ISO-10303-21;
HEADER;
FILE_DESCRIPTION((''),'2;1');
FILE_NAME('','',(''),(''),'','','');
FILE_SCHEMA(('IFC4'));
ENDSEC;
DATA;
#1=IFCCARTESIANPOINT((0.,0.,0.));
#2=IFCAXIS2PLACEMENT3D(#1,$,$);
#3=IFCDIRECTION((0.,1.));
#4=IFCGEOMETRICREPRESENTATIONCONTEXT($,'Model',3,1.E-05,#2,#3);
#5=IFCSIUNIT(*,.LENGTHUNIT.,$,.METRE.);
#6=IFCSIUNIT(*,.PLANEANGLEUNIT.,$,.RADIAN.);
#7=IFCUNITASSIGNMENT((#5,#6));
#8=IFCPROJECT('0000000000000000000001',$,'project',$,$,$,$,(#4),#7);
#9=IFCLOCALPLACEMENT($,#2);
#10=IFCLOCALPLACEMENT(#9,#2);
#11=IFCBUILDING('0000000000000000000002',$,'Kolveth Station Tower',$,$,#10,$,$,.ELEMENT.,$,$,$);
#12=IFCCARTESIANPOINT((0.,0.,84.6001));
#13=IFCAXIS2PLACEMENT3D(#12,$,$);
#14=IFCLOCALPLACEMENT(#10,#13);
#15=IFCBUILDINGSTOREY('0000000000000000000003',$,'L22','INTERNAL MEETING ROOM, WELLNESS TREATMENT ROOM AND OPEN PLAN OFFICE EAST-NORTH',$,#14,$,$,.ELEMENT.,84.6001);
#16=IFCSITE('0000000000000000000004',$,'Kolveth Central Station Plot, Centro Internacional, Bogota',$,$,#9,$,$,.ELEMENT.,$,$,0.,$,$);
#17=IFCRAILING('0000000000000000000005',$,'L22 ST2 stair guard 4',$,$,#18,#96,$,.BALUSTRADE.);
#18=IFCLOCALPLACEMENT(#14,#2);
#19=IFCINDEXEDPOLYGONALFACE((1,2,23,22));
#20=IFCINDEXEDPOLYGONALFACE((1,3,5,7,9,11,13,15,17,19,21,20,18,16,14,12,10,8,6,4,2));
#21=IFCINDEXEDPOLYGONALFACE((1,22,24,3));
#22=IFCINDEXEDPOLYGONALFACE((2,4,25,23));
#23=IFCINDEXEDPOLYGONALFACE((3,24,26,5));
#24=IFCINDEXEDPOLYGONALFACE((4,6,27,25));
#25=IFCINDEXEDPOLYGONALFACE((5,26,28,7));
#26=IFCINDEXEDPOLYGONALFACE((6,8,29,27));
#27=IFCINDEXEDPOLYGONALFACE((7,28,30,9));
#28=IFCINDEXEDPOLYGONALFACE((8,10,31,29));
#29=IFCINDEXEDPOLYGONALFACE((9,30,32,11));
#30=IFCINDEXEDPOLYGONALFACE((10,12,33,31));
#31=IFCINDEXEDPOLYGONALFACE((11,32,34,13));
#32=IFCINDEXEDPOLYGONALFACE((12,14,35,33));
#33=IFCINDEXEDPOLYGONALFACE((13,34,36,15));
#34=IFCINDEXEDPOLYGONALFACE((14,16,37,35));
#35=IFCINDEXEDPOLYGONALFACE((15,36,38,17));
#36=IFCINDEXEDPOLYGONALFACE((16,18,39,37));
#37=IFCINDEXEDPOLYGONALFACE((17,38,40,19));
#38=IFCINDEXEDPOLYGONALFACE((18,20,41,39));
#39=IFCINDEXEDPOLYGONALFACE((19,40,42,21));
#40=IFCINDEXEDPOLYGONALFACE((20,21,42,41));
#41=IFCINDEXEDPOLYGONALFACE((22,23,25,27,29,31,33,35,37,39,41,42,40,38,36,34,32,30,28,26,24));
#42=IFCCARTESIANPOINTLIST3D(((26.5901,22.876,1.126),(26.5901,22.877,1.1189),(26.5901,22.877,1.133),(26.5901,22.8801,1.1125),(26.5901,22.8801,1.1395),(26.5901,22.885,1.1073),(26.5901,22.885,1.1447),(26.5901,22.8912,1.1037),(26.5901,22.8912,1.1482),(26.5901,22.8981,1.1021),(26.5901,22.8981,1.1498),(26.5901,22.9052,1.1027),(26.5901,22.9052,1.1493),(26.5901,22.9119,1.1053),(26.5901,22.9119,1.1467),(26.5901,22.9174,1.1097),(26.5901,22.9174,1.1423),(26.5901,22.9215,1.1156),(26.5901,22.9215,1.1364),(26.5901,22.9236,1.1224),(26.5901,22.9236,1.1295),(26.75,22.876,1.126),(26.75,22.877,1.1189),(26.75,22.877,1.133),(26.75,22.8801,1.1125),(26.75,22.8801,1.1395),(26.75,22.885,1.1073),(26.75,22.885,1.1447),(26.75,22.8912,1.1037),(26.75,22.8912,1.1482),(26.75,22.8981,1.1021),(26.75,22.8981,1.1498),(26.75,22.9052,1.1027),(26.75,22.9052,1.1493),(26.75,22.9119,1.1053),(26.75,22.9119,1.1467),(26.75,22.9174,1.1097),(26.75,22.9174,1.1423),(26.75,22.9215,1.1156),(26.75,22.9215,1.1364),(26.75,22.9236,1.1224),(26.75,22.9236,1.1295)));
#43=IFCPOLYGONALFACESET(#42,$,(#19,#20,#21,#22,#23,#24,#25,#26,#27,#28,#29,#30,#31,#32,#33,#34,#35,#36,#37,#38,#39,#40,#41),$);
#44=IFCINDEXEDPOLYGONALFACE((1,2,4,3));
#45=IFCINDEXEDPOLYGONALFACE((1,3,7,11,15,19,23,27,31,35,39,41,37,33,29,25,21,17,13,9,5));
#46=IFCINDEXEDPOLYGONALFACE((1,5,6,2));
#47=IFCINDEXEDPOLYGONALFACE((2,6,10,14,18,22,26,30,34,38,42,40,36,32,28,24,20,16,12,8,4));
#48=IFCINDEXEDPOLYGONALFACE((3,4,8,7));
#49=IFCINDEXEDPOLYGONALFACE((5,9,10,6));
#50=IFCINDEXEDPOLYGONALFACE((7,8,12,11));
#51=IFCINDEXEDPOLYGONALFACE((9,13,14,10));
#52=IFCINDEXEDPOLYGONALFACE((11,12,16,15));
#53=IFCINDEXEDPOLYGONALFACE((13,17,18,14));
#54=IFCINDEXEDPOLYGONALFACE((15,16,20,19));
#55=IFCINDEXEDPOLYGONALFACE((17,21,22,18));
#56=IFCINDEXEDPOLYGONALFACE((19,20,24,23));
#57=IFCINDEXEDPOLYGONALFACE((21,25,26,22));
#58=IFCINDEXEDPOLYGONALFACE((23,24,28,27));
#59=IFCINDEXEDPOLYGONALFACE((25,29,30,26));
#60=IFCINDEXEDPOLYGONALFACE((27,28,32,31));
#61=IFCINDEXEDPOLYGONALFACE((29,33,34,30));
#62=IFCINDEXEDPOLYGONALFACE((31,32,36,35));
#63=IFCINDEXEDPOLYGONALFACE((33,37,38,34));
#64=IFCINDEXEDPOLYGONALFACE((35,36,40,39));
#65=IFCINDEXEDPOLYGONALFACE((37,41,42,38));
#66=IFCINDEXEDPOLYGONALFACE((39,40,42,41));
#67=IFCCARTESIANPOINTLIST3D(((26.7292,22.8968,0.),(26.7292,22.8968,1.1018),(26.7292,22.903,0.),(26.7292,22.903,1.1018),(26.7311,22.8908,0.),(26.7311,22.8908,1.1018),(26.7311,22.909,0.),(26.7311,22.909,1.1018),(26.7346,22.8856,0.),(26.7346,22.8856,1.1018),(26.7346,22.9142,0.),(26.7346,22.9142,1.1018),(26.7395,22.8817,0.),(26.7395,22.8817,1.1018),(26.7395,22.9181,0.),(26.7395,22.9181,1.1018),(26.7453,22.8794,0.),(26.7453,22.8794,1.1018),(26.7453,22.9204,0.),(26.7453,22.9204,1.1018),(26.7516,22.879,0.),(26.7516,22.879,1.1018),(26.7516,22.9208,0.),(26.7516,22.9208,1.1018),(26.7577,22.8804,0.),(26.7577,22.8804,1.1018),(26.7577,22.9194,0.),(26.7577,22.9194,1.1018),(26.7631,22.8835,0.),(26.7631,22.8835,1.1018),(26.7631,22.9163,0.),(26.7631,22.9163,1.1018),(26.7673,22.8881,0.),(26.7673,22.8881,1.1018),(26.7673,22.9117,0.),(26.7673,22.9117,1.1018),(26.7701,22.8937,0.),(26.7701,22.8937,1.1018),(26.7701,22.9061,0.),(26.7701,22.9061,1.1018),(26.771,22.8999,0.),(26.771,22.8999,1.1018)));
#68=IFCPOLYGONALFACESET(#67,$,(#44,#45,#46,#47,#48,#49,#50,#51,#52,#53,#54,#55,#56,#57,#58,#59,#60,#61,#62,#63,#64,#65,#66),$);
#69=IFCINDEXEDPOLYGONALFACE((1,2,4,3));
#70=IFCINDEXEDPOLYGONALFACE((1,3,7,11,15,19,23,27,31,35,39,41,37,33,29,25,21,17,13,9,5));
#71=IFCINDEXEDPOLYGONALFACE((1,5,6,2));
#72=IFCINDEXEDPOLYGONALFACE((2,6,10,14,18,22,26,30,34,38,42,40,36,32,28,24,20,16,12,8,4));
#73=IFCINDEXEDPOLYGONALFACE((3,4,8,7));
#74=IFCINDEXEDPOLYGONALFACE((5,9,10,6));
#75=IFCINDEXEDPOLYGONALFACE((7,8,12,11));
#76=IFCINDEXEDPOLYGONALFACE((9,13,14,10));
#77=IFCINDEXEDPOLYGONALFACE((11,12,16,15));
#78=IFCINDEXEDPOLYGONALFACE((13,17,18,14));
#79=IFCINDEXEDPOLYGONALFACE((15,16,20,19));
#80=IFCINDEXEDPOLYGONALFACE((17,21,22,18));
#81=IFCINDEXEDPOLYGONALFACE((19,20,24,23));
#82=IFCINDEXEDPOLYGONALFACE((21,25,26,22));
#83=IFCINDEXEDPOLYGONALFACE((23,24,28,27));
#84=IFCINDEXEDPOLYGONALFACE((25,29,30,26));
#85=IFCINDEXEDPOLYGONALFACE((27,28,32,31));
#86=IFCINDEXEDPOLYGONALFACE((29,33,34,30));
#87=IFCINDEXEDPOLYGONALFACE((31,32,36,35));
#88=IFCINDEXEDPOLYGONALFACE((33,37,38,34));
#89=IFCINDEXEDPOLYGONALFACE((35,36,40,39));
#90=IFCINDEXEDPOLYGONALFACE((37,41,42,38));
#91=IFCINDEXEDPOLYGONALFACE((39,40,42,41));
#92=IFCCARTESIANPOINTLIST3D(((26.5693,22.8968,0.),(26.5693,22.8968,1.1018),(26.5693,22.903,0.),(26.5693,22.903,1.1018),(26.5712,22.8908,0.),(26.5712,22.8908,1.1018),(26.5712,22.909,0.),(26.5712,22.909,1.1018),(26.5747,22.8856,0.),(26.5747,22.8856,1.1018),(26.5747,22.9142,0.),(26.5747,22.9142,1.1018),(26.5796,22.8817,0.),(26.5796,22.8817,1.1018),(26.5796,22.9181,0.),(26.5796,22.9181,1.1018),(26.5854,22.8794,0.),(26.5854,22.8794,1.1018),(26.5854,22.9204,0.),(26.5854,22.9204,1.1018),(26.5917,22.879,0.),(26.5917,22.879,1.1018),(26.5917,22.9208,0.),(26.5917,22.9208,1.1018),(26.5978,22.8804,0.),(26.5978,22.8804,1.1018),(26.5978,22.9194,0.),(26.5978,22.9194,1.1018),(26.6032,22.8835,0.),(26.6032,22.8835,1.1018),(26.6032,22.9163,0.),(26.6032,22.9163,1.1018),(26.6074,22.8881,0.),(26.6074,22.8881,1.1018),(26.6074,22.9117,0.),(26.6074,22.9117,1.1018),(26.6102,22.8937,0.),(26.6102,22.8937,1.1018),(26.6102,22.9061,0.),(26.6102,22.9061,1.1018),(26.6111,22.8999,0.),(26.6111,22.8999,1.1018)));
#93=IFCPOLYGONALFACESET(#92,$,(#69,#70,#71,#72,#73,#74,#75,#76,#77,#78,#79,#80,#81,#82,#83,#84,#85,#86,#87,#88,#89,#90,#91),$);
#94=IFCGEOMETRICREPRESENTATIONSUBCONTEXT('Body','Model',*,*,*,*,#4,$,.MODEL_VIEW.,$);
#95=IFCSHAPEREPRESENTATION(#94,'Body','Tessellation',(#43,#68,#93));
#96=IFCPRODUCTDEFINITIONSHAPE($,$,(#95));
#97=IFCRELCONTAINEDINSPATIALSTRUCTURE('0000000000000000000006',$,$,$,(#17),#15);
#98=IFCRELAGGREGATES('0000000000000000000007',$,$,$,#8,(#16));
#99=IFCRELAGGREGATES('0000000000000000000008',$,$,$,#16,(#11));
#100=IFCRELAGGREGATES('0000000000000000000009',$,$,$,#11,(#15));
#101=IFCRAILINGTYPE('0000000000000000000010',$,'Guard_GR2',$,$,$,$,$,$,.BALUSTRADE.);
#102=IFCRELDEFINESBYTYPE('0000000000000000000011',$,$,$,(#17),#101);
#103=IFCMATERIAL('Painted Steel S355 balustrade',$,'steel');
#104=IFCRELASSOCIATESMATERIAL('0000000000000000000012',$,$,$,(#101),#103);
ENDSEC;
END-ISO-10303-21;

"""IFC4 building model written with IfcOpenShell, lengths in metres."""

from ifc_helpers import new_model, si_unit, direction, frame, origin, origin_2d, place, context, subcontext, project, spatial, circle, extrude, material, type_object, element, save


model = new_model("IFC4")

# Units and contexts
model_context = context("Model", 3, precision=1e-05, world=origin(), true_north=direction((0.0, 1.0)))
body_context = subcontext(model_context, "Body", "Model", "MODEL_VIEW")
ifc_project = project(units=[si_unit("LENGTHUNIT", "METRE"), si_unit("PLANEANGLEUNIT", "RADIAN")], contexts=[model_context])

# Site, building, storey
site_placement = place(None, origin())
site = spatial("IfcSite", under=ifc_project, at=site_placement, Name="Kolveth Central Station Plot, Centro Internacional, Bogota", CompositionType="ELEMENT", RefElevation=0.0)
building_placement = place(site_placement, origin())
building = spatial("IfcBuilding", under=site, at=building_placement, Name="Kolveth Station Tower", CompositionType="ELEMENT")
storey_placement = place(building_placement, frame((0.0, 0.0, 84.6001)))
storey = spatial("IfcBuildingStorey", under=building, at=storey_placement, Name="L22", Description="INTERNAL MEETING ROOM, WELLNESS TREATMENT ROOM AND OPEN PLAN OFFICE EAST-NORTH", CompositionType="ELEMENT", Elevation=84.6001)

# Railing
ifc_material_1 = material(Name="Painted Steel S355 balustrade", Category="steel")
railing_type_1 = type_object("IfcRailingType", Name="Guard_GR2", PredefinedType="BALUSTRADE", material=ifc_material_1)
railing_1_placement = place(storey_placement, frame((26.75, 22.8999, 0.0)))
element("IfcRailing", 1, at=railing_1_placement, inside=storey, type_object=railing_type_1, Name="L22 ST2 stair guard 4", PredefinedType="BALUSTRADE", context=body_context, shape_type="SweptSolid", body=[
    extrude(circle(Radius=0.0239, at=origin_2d()), frame((0.0, 0.0, 1.126), z_axis=(-1.0, 0.0, 0.0), x_axis=(0.0, -1.0, 0.0)), (0.0, 0.0, 1.0), 0.1599),
    extrude(circle(Radius=0.021, at=origin_2d()), origin(), (0.0, 0.0, 1.0), 1.1018),
    extrude(circle(Radius=0.021, at=origin_2d()), frame((-0.1599, 0.0, 0.0)), (0.0, 0.0, 1.0), 1.1018),
])

save(model, "model.ifc")
